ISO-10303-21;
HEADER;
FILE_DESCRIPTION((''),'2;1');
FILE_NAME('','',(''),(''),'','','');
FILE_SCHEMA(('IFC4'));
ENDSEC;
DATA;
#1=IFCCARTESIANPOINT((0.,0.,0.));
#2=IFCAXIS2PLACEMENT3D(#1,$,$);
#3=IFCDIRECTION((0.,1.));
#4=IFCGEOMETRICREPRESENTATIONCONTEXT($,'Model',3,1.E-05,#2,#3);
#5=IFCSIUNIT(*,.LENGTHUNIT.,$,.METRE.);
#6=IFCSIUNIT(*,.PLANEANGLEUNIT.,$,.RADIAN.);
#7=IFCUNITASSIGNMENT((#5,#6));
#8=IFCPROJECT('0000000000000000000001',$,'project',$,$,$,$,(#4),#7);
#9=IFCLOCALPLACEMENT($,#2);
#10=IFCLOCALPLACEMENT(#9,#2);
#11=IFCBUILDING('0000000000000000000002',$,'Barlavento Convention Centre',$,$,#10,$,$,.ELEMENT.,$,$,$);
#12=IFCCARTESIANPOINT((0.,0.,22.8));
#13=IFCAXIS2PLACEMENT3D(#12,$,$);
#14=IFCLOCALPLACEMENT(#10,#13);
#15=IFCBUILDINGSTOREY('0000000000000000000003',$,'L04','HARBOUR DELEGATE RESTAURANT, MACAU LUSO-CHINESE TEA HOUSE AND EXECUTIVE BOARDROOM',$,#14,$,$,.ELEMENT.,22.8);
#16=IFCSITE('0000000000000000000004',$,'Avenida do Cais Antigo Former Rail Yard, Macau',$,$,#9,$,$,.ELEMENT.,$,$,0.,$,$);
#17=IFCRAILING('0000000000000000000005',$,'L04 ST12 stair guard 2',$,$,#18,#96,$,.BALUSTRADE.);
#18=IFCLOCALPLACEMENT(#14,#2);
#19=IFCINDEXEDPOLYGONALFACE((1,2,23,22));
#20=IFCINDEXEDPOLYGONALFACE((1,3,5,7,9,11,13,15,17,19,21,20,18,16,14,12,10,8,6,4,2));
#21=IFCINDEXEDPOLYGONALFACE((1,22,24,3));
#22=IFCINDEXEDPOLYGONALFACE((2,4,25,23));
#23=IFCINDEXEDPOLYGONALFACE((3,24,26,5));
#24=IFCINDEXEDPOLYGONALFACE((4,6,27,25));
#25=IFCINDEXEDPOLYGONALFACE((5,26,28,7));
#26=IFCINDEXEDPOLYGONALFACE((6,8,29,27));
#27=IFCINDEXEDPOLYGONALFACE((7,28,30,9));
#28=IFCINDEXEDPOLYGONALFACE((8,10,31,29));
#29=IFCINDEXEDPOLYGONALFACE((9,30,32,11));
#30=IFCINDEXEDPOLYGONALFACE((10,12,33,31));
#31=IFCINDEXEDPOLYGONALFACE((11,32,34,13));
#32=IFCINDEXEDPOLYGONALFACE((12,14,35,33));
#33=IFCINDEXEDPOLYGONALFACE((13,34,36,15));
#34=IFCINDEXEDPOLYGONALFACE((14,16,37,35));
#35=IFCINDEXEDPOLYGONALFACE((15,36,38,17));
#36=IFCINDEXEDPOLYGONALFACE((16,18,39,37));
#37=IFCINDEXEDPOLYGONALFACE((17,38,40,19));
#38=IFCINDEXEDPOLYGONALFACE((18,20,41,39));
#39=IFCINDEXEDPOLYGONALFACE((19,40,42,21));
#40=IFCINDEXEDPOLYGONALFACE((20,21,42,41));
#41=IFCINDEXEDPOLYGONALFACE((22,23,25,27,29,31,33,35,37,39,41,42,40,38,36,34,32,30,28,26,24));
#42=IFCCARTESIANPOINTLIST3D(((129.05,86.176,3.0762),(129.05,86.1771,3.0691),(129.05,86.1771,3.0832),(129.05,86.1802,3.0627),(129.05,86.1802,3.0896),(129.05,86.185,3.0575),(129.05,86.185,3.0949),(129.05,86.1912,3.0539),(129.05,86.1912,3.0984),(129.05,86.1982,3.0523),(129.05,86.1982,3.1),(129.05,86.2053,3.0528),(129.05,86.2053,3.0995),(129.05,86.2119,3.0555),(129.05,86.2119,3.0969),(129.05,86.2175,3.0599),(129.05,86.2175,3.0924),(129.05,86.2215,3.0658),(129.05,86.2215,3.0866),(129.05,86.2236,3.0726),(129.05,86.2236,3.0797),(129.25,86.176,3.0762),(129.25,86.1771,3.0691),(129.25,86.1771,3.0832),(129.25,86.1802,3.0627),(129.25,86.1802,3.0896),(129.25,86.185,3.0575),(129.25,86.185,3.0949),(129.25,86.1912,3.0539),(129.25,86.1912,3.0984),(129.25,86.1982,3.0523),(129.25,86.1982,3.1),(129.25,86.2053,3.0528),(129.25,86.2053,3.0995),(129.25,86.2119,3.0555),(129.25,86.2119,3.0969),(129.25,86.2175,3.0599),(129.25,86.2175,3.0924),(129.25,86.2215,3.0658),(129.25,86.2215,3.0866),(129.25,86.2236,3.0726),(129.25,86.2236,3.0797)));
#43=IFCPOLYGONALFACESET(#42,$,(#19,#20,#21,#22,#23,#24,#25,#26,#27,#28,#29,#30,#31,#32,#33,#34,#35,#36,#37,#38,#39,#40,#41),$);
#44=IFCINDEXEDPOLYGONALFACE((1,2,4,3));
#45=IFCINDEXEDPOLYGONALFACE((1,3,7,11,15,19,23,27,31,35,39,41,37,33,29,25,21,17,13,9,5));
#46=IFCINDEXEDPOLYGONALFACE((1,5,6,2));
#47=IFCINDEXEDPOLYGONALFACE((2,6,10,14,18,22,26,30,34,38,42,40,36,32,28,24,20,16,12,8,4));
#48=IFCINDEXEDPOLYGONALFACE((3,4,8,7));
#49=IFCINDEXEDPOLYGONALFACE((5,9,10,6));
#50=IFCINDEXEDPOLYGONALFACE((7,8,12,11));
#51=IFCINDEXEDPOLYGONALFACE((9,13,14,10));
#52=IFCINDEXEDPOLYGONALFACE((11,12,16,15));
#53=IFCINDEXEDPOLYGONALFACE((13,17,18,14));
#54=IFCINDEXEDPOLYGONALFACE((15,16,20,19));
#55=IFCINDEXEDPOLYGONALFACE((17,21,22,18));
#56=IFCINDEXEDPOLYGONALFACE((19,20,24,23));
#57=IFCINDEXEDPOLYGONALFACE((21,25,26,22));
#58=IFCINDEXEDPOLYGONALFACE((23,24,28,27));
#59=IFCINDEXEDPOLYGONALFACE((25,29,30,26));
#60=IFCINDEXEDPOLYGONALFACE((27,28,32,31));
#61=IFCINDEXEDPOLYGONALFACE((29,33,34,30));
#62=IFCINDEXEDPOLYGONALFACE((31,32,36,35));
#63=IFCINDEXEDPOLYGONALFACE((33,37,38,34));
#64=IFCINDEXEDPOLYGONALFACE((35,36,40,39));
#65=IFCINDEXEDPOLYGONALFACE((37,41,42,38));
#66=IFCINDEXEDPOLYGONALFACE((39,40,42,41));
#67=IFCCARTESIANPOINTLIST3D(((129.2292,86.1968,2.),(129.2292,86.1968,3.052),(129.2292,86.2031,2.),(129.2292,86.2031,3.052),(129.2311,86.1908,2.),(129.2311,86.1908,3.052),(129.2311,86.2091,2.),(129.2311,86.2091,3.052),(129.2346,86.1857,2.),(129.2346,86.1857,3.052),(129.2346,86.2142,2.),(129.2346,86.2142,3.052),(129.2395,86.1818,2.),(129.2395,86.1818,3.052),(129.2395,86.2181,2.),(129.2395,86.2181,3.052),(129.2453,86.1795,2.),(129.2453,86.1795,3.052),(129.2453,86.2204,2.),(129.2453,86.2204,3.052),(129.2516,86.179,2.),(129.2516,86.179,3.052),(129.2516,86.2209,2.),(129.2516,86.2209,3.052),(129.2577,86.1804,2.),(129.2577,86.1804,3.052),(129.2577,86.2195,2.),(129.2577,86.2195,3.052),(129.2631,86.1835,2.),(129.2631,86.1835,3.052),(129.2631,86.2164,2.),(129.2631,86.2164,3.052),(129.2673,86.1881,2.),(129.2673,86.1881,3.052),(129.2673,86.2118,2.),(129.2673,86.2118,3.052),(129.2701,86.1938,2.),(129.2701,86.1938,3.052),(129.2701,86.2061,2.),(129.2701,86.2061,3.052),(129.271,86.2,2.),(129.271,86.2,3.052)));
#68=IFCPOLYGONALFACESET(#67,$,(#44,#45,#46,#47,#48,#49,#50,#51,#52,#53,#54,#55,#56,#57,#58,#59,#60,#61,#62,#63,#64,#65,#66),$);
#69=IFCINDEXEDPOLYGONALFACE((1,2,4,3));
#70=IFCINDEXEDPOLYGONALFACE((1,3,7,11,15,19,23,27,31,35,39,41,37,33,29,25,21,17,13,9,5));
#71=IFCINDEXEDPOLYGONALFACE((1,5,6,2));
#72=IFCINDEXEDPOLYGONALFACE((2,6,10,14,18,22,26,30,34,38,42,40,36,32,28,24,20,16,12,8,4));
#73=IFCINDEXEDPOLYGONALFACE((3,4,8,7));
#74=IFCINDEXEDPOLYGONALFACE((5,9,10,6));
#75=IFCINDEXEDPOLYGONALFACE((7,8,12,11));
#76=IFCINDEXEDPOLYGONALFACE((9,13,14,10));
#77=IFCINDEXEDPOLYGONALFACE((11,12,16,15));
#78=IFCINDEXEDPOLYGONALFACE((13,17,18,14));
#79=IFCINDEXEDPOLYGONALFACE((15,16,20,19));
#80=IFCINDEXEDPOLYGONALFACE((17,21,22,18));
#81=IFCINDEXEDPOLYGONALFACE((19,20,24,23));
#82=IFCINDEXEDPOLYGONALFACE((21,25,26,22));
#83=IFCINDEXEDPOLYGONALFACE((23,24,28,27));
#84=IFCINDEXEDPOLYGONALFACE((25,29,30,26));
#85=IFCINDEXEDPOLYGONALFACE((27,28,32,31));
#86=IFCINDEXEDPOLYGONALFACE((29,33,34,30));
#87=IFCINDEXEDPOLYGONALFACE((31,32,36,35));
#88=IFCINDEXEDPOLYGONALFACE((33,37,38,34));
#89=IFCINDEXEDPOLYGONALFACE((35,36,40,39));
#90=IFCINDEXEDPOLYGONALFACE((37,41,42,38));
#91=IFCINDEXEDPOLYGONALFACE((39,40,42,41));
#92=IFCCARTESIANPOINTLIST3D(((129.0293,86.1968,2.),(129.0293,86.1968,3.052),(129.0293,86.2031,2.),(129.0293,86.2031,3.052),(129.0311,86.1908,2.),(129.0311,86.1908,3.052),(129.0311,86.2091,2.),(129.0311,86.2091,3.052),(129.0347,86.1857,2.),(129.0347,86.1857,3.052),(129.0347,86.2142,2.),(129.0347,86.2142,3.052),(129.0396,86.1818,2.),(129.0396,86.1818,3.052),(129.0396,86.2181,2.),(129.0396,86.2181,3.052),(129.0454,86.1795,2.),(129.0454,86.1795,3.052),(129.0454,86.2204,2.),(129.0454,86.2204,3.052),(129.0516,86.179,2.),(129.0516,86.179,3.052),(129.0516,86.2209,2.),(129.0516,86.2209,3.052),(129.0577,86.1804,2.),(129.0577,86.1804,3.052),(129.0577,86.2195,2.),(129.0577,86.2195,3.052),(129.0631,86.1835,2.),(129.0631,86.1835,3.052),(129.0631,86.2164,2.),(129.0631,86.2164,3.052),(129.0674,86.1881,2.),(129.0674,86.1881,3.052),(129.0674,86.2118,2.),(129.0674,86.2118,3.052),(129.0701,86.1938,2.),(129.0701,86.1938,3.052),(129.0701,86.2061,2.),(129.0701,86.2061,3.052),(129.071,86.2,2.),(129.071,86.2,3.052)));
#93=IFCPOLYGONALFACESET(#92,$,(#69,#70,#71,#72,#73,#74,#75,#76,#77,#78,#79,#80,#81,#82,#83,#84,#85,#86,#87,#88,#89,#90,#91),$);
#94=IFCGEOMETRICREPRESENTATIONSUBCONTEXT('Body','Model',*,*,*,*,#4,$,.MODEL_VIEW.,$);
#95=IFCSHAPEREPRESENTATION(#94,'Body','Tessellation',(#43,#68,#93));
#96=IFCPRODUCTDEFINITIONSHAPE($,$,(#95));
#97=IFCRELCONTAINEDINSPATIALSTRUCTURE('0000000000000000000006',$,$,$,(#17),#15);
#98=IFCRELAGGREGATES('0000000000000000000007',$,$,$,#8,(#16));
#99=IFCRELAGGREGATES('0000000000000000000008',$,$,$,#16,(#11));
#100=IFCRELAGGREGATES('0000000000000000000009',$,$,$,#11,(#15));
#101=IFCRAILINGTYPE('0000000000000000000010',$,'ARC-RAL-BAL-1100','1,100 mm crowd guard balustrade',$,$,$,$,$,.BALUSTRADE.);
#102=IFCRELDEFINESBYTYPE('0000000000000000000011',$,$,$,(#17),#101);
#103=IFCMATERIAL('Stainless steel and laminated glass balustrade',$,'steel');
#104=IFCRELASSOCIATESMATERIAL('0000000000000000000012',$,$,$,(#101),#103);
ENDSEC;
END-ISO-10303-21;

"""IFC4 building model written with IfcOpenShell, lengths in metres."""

from ifc_helpers import new_model, si_unit, direction, frame, origin, origin_2d, place, context, subcontext, project, spatial, circle, extrude, material, type_object, element, save


model = new_model("IFC4")

# Units and contexts
model_context = context("Model", 3, precision=1e-05, world=origin(), true_north=direction((0.0, 1.0)))
body_context = subcontext(model_context, "Body", "Model", "MODEL_VIEW")
ifc_project = project(units=[si_unit("LENGTHUNIT", "METRE"), si_unit("PLANEANGLEUNIT", "RADIAN")], contexts=[model_context])

# Site, building, storey
site_placement = place(None, origin())
site = spatial("IfcSite", under=ifc_project, at=site_placement, Name="Avenida do Cais Antigo Former Rail Yard, Macau", CompositionType="ELEMENT", RefElevation=0.0)
building_placement = place(site_placement, origin())
building = spatial("IfcBuilding", under=site, at=building_placement, Name="Barlavento Convention Centre", CompositionType="ELEMENT")
storey_placement = place(building_placement, frame((0.0, 0.0, 22.8)))
storey = spatial("IfcBuildingStorey", under=building, at=storey_placement, Name="L04", Description="HARBOUR DELEGATE RESTAURANT, MACAU LUSO-CHINESE TEA HOUSE AND EXECUTIVE BOARDROOM", CompositionType="ELEMENT", Elevation=22.8)

# Railing
ifc_material_1 = material(Name="Stainless steel and laminated glass balustrade", Category="steel")
railing_type_1 = type_object("IfcRailingType", Name="ARC-RAL-BAL-1100", Description="1,100 mm crowd guard balustrade", PredefinedType="BALUSTRADE", material=ifc_material_1)
railing_1_placement = place(storey_placement, frame((129.25, 86.2, 2.0)))
element("IfcRailing", 1, at=railing_1_placement, inside=storey, type_object=railing_type_1, Name="L04 ST12 stair guard 2", PredefinedType="BALUSTRADE", context=body_context, shape_type="SweptSolid", body=[
    extrude(circle(Radius=0.0239, at=origin_2d()), frame((0.0, 0.0, 1.0762), z_axis=(-1.0, 0.0, 0.0), x_axis=(0.0, -1.0, 0.0)), (0.0, 0.0, 1.0), 0.2),
    extrude(circle(Radius=0.021, at=origin_2d()), origin(), (0.0, 0.0, 1.0), 1.052),
    extrude(circle(Radius=0.021, at=origin_2d()), frame((-0.2, 0.0, 0.0)), (0.0, 0.0, 1.0), 1.052),
])

save(model, "model.ifc")
